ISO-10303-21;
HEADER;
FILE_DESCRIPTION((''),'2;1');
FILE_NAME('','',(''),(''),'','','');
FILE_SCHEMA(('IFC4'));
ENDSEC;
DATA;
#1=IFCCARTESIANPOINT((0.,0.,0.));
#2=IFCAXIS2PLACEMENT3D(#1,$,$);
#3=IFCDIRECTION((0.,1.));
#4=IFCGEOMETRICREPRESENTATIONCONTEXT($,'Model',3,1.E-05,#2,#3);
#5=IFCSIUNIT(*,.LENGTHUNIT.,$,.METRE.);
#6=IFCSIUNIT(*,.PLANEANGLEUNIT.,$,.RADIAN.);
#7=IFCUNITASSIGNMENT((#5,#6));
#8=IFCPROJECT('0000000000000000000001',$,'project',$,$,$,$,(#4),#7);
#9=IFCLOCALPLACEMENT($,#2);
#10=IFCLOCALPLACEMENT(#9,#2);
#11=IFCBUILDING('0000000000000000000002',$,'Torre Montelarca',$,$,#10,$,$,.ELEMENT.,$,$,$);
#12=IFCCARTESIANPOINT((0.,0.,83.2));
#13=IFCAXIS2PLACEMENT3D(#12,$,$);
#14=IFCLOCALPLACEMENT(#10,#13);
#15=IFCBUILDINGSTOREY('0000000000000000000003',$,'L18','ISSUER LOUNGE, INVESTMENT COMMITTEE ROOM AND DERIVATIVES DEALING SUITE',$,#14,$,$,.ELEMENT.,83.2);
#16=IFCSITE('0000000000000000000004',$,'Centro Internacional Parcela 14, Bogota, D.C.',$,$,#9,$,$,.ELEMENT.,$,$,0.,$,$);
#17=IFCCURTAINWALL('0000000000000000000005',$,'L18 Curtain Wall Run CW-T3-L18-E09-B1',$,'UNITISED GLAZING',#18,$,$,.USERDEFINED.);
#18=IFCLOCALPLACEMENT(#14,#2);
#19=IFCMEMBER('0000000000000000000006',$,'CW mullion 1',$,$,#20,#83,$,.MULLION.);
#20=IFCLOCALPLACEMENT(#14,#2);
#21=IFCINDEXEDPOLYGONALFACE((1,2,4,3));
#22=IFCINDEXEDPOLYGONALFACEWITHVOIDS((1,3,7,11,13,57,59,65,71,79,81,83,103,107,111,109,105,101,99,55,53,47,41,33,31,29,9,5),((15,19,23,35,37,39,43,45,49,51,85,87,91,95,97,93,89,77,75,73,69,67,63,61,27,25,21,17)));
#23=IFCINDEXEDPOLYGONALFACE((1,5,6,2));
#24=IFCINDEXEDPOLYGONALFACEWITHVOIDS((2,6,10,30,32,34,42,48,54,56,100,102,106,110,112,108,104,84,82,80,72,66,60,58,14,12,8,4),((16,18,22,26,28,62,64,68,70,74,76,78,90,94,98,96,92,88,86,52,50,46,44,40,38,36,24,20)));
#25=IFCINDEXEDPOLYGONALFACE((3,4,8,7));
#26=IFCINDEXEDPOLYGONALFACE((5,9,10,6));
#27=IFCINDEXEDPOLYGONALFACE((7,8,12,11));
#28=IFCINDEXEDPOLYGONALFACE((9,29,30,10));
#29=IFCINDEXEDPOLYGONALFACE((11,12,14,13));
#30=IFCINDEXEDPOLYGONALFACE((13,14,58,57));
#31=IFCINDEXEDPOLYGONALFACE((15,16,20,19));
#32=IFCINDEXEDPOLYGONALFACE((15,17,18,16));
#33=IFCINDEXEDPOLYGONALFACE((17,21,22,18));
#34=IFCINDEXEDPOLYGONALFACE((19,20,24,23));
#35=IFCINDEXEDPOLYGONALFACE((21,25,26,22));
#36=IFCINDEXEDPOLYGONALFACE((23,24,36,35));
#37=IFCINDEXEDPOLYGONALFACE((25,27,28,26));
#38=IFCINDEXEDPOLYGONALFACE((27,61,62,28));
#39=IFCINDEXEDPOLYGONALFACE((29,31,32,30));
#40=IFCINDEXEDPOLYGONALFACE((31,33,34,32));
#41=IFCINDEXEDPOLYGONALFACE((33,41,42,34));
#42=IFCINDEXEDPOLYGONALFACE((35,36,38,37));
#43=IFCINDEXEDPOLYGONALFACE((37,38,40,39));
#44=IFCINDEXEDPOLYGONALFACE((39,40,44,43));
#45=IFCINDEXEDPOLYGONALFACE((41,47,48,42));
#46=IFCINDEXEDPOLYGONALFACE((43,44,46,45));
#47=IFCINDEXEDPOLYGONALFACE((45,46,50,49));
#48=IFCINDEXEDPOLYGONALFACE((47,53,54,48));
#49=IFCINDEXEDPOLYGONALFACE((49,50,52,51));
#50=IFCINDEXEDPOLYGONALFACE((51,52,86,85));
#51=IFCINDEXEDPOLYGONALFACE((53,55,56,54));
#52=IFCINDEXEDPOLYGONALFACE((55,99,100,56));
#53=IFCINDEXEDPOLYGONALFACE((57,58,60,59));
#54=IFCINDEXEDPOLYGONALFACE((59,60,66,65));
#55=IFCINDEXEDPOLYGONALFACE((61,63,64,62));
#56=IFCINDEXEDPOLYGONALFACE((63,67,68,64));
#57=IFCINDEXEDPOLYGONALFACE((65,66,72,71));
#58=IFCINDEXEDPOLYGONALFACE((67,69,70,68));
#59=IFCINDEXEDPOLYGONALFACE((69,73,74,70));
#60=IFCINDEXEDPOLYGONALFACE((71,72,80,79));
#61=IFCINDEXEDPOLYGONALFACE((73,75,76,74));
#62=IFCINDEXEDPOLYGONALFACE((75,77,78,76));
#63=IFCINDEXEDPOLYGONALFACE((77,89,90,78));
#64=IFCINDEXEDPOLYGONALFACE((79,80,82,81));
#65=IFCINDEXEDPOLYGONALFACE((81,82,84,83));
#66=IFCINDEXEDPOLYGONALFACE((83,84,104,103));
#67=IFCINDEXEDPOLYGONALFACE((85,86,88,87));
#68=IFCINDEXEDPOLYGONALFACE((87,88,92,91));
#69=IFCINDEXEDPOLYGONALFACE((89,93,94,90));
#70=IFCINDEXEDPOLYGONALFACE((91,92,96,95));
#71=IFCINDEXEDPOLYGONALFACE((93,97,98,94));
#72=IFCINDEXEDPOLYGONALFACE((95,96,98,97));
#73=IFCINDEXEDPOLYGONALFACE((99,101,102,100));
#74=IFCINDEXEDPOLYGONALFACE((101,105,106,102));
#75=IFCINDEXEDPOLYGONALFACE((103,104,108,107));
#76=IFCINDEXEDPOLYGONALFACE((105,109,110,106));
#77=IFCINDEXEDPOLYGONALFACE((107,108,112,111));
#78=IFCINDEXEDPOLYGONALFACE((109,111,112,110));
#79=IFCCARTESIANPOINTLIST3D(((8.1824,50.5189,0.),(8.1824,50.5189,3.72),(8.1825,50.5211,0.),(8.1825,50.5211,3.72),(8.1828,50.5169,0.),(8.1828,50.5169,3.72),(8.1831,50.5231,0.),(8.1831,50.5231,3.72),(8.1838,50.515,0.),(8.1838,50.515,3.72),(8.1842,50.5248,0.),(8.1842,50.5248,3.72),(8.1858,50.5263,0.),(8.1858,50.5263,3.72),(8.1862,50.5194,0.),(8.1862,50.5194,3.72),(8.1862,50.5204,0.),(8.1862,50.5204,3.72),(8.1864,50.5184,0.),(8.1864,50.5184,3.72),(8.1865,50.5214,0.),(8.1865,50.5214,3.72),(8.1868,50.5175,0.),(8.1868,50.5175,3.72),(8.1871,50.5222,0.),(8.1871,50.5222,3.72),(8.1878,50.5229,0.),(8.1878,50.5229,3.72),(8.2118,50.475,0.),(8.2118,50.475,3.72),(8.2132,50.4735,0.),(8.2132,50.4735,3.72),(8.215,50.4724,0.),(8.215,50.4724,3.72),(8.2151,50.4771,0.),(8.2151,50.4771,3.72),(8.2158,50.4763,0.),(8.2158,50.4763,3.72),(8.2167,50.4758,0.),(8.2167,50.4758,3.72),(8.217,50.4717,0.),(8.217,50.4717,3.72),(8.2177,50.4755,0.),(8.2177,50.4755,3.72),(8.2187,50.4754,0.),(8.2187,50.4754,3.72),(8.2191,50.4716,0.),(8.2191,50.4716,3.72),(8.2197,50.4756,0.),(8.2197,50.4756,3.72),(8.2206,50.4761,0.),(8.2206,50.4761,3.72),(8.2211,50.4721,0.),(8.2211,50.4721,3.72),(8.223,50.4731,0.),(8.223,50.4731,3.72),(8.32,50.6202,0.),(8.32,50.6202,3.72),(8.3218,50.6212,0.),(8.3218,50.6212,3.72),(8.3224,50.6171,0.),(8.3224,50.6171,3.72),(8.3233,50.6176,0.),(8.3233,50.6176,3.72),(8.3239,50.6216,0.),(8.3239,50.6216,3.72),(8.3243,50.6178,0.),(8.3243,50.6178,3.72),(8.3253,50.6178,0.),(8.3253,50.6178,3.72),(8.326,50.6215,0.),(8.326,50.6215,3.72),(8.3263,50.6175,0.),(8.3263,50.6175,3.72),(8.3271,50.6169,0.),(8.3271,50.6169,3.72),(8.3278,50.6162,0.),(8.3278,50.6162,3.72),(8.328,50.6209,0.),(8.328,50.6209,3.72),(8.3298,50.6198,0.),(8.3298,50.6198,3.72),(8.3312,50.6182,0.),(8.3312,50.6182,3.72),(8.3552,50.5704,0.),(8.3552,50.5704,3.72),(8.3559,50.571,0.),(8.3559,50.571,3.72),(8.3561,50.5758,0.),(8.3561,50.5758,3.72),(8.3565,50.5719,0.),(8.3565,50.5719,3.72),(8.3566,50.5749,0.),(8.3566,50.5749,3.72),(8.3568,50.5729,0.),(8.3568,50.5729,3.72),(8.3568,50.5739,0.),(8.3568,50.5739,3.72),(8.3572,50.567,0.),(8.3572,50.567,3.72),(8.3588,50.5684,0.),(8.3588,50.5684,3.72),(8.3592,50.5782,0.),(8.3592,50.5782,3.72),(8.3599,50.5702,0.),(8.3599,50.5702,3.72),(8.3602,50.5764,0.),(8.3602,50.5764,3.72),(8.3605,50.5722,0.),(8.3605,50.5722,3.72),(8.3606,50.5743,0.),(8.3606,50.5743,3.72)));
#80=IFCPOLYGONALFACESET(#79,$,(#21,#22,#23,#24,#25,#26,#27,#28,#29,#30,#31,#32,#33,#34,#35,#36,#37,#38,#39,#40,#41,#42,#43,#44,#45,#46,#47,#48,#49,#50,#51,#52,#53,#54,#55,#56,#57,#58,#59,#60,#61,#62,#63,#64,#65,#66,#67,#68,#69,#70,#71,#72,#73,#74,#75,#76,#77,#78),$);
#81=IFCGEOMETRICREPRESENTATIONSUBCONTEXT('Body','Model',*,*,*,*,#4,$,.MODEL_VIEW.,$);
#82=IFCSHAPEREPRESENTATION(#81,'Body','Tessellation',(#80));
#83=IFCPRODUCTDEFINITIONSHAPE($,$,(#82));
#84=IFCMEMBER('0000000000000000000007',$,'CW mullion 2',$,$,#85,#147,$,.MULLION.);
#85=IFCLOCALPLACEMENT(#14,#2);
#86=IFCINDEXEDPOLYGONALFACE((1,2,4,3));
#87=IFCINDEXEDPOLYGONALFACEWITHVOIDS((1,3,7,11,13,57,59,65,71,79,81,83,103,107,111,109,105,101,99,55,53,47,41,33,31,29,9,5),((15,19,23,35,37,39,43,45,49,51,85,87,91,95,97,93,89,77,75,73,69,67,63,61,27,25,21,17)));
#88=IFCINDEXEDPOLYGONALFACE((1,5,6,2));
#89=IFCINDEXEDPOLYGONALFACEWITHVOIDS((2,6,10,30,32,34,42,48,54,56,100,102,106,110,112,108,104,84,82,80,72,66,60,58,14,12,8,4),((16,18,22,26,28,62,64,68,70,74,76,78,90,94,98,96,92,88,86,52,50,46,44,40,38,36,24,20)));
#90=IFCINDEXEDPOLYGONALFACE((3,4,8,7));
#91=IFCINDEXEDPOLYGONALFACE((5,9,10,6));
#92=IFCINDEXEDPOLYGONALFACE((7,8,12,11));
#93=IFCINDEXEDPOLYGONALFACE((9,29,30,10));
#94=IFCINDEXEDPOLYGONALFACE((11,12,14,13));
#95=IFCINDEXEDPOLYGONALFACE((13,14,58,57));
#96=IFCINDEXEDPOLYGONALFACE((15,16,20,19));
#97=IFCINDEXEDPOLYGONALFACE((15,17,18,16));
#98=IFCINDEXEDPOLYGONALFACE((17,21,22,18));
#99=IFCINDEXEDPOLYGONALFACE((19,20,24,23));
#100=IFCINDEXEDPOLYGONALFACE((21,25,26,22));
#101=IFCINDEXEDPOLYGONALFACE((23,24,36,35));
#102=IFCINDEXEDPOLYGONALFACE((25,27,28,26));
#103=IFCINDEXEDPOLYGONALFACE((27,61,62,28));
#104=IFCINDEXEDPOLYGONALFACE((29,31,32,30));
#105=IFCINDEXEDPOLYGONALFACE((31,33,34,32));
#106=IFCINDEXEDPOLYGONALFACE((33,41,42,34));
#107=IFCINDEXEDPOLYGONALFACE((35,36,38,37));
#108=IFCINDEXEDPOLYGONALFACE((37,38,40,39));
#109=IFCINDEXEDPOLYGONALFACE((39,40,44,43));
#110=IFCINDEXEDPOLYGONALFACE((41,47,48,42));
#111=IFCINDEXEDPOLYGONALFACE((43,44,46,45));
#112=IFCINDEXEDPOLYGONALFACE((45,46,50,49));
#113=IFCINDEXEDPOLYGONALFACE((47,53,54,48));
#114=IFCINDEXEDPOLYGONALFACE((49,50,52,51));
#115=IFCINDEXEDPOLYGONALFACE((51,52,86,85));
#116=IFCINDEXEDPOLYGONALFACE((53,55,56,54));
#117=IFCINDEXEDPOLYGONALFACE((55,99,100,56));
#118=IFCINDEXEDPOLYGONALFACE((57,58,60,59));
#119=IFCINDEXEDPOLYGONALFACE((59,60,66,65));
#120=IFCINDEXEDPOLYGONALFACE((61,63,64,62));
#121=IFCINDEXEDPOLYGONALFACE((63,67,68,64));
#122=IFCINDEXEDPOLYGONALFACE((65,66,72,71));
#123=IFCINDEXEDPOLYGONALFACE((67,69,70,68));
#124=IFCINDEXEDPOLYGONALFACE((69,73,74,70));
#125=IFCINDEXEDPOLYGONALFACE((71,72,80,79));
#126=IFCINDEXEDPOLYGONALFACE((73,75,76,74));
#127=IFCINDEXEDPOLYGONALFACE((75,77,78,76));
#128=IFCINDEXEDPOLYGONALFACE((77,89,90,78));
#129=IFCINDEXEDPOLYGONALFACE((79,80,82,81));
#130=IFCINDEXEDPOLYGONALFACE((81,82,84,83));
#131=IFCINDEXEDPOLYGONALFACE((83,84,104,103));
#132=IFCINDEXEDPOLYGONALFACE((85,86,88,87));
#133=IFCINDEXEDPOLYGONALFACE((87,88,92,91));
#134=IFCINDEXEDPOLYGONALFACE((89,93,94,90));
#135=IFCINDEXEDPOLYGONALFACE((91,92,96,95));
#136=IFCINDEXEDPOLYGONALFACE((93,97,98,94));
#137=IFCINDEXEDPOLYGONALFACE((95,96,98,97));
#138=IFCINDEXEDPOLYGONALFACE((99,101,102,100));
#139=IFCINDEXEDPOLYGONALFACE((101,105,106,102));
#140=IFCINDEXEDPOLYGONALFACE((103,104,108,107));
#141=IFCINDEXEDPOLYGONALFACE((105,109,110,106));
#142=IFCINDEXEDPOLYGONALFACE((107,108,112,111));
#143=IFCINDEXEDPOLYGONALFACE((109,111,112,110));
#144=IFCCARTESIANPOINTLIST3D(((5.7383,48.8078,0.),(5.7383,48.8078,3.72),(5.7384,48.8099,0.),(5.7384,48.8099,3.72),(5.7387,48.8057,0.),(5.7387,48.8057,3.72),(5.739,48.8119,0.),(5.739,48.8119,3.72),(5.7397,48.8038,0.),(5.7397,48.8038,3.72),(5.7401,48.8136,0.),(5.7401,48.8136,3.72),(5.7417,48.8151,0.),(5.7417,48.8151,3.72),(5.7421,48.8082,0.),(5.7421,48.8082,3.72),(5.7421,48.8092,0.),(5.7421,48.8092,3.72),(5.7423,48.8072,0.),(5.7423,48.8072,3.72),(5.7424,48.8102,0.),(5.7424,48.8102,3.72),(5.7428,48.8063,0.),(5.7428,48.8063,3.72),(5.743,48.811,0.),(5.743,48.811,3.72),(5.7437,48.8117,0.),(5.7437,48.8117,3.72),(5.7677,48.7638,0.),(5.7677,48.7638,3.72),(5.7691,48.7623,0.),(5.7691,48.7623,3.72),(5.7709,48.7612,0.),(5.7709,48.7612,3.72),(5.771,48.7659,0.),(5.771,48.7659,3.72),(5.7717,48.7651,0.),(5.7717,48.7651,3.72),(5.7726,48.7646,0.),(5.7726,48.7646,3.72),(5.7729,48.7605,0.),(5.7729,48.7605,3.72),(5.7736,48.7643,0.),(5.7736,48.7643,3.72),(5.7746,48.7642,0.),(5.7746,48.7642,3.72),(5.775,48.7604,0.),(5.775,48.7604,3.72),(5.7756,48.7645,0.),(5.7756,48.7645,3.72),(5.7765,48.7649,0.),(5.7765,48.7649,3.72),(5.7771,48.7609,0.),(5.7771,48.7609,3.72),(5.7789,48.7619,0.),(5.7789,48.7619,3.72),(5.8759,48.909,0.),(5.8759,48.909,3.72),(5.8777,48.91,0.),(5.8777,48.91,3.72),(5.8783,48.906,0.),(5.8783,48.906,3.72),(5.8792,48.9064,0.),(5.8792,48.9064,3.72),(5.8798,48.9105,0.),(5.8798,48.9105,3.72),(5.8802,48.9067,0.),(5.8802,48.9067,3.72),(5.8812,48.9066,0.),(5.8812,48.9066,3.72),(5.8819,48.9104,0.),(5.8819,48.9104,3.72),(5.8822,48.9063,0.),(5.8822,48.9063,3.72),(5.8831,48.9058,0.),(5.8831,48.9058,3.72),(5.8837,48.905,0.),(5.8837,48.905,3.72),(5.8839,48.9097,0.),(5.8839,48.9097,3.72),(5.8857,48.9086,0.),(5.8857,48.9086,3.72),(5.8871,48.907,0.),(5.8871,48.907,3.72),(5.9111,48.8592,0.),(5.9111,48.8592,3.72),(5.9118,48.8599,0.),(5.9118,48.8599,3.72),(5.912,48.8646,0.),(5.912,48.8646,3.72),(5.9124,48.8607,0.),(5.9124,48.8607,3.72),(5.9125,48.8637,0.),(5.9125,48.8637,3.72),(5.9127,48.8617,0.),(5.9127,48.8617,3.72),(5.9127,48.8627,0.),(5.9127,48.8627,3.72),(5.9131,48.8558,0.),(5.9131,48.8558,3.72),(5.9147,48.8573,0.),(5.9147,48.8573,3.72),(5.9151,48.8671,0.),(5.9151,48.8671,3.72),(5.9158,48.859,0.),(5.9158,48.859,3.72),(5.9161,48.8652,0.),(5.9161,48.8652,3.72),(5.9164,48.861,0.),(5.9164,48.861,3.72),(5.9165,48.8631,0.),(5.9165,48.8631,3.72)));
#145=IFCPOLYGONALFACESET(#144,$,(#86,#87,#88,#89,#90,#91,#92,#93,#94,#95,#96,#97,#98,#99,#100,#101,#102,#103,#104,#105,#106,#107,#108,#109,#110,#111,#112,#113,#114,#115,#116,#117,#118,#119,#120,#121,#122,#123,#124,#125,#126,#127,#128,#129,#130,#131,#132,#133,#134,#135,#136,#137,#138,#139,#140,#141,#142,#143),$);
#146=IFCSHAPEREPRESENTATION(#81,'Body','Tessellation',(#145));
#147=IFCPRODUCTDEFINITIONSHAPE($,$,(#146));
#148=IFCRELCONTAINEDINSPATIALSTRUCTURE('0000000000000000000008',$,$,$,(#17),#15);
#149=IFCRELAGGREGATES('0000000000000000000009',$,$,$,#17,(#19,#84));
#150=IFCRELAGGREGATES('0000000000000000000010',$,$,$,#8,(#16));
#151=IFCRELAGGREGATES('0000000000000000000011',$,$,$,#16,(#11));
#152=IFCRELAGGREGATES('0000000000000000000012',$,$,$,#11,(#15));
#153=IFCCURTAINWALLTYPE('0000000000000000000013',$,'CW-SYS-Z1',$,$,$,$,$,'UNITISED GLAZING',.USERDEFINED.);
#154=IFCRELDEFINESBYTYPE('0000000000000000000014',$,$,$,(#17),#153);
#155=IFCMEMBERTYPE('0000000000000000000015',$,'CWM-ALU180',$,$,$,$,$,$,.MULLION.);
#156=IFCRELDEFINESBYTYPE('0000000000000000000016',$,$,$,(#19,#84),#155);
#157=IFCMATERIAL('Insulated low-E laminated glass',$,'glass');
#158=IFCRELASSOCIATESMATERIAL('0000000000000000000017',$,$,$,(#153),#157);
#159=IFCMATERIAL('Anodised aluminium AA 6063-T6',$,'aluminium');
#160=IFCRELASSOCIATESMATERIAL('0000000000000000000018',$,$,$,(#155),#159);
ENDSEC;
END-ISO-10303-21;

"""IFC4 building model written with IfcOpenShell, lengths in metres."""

from ifc_helpers import new_model, si_unit, direction, frame, origin, origin_2d, place, context, subcontext, project, spatial, hollow_rectangle, extrude, source, transform, mapped, material, material_profile, profile_set, type_object, element, aggregate, save


model = new_model("IFC4")

# Units and contexts
model_context = context("Model", 3, precision=1e-05, world=origin(), true_north=direction((0.0, 1.0)))
body_context = subcontext(model_context, "Body", "Model", "MODEL_VIEW")
ifc_project = project(units=[si_unit("LENGTHUNIT", "METRE"), si_unit("PLANEANGLEUNIT", "RADIAN")], contexts=[model_context])

# Site, building, storey
site_placement = place(None, origin())
site = spatial("IfcSite", under=ifc_project, at=site_placement, Name="Centro Internacional Parcela 14, Bogota, D.C.", CompositionType="ELEMENT", RefElevation=0.0)
building_placement = place(site_placement, origin())
building = spatial("IfcBuilding", under=site, at=building_placement, Name="Torre Montelarca", CompositionType="ELEMENT")
storey_placement = place(building_placement, frame((0.0, 0.0, 83.2)))
storey = spatial("IfcBuildingStorey", under=building, at=storey_placement, Name="L18", Description="ISSUER LOUNGE, INVESTMENT COMMITTEE ROOM AND DERIVATIVES DEALING SUITE", CompositionType="ELEMENT", Elevation=83.2)

# Curtain wall
ifc_material_1 = material(Name="Insulated low-E laminated glass", Category="glass")
curtain_wall_type = type_object("IfcCurtainWallType", Name="CW-SYS-Z1", ElementType="UNITISED GLAZING", PredefinedType="USERDEFINED", material=ifc_material_1)
curtain_wall_1_placement = place(storey_placement, origin())
curtain_wall_1 = element("IfcCurtainWall", 1, at=curtain_wall_1_placement, inside=storey, type_object=curtain_wall_type, Name="L18 Curtain Wall Run CW-T3-L18-E09-B1", ObjectType="UNITISED GLAZING", PredefinedType="USERDEFINED")
ifc_material_2 = material(Name="Anodised aluminium AA 6063-T6", Category="aluminium")

# Members
ifc_material_profile_1 = material_profile(ifc_material_2, hollow_rectangle(XDim=0.0649, YDim=0.1799, WallThickness=0.0039, InnerFilletRadius=0.0039, OuterFilletRadius=0.0081, at=origin_2d()), Name="ALU65X180X4", Category="aluminium")
ifc_profile_set_1 = profile_set([ifc_material_profile_1], Name="Anodised aluminium AA 6063-T6")
member_type_1 = type_object("IfcMemberType", Name="CWM-ALU180", PredefinedType="MULLION", material=ifc_profile_set_1)
shared_shape_1 = source(origin(), body_context, "Body", "SweptSolid", [
    extrude(hollow_rectangle(XDim=0.0649, YDim=0.1799, WallThickness=0.0039, InnerFilletRadius=0.0039, OuterFilletRadius=0.0081, at=origin_2d()), origin(), (0.0, 0.0, 1.0), 3.72),
])
member_1_placement = place(storey_placement, frame((8.2715, 50.5466, 0.0), z_axis=(0.0, 0.0, 1.0), x_axis=(0.573554, -0.819168, 0.0)))
member_1 = element("IfcMember", 2, at=member_1_placement, type_object=member_type_1, Name="CW mullion 1", PredefinedType="MULLION", context=body_context, shape_type="MappedRepresentation", body=[
    mapped(shared_shape_1, transform((0.0, 0.0, 0.0), scale=1.0)),
])
member_2_placement = place(storey_placement, frame((5.8274, 48.8354, 0.0), z_axis=(0.0, 0.0, 1.0), x_axis=(0.573554, -0.819168, 0.0)))
member_2 = element("IfcMember", 3, at=member_2_placement, type_object=member_type_1, Name="CW mullion 2", PredefinedType="MULLION", context=body_context, shape_type="MappedRepresentation", body=[
    mapped(shared_shape_1, transform((0.0, 0.0, 0.0), scale=1.0)),
])

aggregate(curtain_wall_1, [member_1, member_2])

save(model, "model.ifc")
